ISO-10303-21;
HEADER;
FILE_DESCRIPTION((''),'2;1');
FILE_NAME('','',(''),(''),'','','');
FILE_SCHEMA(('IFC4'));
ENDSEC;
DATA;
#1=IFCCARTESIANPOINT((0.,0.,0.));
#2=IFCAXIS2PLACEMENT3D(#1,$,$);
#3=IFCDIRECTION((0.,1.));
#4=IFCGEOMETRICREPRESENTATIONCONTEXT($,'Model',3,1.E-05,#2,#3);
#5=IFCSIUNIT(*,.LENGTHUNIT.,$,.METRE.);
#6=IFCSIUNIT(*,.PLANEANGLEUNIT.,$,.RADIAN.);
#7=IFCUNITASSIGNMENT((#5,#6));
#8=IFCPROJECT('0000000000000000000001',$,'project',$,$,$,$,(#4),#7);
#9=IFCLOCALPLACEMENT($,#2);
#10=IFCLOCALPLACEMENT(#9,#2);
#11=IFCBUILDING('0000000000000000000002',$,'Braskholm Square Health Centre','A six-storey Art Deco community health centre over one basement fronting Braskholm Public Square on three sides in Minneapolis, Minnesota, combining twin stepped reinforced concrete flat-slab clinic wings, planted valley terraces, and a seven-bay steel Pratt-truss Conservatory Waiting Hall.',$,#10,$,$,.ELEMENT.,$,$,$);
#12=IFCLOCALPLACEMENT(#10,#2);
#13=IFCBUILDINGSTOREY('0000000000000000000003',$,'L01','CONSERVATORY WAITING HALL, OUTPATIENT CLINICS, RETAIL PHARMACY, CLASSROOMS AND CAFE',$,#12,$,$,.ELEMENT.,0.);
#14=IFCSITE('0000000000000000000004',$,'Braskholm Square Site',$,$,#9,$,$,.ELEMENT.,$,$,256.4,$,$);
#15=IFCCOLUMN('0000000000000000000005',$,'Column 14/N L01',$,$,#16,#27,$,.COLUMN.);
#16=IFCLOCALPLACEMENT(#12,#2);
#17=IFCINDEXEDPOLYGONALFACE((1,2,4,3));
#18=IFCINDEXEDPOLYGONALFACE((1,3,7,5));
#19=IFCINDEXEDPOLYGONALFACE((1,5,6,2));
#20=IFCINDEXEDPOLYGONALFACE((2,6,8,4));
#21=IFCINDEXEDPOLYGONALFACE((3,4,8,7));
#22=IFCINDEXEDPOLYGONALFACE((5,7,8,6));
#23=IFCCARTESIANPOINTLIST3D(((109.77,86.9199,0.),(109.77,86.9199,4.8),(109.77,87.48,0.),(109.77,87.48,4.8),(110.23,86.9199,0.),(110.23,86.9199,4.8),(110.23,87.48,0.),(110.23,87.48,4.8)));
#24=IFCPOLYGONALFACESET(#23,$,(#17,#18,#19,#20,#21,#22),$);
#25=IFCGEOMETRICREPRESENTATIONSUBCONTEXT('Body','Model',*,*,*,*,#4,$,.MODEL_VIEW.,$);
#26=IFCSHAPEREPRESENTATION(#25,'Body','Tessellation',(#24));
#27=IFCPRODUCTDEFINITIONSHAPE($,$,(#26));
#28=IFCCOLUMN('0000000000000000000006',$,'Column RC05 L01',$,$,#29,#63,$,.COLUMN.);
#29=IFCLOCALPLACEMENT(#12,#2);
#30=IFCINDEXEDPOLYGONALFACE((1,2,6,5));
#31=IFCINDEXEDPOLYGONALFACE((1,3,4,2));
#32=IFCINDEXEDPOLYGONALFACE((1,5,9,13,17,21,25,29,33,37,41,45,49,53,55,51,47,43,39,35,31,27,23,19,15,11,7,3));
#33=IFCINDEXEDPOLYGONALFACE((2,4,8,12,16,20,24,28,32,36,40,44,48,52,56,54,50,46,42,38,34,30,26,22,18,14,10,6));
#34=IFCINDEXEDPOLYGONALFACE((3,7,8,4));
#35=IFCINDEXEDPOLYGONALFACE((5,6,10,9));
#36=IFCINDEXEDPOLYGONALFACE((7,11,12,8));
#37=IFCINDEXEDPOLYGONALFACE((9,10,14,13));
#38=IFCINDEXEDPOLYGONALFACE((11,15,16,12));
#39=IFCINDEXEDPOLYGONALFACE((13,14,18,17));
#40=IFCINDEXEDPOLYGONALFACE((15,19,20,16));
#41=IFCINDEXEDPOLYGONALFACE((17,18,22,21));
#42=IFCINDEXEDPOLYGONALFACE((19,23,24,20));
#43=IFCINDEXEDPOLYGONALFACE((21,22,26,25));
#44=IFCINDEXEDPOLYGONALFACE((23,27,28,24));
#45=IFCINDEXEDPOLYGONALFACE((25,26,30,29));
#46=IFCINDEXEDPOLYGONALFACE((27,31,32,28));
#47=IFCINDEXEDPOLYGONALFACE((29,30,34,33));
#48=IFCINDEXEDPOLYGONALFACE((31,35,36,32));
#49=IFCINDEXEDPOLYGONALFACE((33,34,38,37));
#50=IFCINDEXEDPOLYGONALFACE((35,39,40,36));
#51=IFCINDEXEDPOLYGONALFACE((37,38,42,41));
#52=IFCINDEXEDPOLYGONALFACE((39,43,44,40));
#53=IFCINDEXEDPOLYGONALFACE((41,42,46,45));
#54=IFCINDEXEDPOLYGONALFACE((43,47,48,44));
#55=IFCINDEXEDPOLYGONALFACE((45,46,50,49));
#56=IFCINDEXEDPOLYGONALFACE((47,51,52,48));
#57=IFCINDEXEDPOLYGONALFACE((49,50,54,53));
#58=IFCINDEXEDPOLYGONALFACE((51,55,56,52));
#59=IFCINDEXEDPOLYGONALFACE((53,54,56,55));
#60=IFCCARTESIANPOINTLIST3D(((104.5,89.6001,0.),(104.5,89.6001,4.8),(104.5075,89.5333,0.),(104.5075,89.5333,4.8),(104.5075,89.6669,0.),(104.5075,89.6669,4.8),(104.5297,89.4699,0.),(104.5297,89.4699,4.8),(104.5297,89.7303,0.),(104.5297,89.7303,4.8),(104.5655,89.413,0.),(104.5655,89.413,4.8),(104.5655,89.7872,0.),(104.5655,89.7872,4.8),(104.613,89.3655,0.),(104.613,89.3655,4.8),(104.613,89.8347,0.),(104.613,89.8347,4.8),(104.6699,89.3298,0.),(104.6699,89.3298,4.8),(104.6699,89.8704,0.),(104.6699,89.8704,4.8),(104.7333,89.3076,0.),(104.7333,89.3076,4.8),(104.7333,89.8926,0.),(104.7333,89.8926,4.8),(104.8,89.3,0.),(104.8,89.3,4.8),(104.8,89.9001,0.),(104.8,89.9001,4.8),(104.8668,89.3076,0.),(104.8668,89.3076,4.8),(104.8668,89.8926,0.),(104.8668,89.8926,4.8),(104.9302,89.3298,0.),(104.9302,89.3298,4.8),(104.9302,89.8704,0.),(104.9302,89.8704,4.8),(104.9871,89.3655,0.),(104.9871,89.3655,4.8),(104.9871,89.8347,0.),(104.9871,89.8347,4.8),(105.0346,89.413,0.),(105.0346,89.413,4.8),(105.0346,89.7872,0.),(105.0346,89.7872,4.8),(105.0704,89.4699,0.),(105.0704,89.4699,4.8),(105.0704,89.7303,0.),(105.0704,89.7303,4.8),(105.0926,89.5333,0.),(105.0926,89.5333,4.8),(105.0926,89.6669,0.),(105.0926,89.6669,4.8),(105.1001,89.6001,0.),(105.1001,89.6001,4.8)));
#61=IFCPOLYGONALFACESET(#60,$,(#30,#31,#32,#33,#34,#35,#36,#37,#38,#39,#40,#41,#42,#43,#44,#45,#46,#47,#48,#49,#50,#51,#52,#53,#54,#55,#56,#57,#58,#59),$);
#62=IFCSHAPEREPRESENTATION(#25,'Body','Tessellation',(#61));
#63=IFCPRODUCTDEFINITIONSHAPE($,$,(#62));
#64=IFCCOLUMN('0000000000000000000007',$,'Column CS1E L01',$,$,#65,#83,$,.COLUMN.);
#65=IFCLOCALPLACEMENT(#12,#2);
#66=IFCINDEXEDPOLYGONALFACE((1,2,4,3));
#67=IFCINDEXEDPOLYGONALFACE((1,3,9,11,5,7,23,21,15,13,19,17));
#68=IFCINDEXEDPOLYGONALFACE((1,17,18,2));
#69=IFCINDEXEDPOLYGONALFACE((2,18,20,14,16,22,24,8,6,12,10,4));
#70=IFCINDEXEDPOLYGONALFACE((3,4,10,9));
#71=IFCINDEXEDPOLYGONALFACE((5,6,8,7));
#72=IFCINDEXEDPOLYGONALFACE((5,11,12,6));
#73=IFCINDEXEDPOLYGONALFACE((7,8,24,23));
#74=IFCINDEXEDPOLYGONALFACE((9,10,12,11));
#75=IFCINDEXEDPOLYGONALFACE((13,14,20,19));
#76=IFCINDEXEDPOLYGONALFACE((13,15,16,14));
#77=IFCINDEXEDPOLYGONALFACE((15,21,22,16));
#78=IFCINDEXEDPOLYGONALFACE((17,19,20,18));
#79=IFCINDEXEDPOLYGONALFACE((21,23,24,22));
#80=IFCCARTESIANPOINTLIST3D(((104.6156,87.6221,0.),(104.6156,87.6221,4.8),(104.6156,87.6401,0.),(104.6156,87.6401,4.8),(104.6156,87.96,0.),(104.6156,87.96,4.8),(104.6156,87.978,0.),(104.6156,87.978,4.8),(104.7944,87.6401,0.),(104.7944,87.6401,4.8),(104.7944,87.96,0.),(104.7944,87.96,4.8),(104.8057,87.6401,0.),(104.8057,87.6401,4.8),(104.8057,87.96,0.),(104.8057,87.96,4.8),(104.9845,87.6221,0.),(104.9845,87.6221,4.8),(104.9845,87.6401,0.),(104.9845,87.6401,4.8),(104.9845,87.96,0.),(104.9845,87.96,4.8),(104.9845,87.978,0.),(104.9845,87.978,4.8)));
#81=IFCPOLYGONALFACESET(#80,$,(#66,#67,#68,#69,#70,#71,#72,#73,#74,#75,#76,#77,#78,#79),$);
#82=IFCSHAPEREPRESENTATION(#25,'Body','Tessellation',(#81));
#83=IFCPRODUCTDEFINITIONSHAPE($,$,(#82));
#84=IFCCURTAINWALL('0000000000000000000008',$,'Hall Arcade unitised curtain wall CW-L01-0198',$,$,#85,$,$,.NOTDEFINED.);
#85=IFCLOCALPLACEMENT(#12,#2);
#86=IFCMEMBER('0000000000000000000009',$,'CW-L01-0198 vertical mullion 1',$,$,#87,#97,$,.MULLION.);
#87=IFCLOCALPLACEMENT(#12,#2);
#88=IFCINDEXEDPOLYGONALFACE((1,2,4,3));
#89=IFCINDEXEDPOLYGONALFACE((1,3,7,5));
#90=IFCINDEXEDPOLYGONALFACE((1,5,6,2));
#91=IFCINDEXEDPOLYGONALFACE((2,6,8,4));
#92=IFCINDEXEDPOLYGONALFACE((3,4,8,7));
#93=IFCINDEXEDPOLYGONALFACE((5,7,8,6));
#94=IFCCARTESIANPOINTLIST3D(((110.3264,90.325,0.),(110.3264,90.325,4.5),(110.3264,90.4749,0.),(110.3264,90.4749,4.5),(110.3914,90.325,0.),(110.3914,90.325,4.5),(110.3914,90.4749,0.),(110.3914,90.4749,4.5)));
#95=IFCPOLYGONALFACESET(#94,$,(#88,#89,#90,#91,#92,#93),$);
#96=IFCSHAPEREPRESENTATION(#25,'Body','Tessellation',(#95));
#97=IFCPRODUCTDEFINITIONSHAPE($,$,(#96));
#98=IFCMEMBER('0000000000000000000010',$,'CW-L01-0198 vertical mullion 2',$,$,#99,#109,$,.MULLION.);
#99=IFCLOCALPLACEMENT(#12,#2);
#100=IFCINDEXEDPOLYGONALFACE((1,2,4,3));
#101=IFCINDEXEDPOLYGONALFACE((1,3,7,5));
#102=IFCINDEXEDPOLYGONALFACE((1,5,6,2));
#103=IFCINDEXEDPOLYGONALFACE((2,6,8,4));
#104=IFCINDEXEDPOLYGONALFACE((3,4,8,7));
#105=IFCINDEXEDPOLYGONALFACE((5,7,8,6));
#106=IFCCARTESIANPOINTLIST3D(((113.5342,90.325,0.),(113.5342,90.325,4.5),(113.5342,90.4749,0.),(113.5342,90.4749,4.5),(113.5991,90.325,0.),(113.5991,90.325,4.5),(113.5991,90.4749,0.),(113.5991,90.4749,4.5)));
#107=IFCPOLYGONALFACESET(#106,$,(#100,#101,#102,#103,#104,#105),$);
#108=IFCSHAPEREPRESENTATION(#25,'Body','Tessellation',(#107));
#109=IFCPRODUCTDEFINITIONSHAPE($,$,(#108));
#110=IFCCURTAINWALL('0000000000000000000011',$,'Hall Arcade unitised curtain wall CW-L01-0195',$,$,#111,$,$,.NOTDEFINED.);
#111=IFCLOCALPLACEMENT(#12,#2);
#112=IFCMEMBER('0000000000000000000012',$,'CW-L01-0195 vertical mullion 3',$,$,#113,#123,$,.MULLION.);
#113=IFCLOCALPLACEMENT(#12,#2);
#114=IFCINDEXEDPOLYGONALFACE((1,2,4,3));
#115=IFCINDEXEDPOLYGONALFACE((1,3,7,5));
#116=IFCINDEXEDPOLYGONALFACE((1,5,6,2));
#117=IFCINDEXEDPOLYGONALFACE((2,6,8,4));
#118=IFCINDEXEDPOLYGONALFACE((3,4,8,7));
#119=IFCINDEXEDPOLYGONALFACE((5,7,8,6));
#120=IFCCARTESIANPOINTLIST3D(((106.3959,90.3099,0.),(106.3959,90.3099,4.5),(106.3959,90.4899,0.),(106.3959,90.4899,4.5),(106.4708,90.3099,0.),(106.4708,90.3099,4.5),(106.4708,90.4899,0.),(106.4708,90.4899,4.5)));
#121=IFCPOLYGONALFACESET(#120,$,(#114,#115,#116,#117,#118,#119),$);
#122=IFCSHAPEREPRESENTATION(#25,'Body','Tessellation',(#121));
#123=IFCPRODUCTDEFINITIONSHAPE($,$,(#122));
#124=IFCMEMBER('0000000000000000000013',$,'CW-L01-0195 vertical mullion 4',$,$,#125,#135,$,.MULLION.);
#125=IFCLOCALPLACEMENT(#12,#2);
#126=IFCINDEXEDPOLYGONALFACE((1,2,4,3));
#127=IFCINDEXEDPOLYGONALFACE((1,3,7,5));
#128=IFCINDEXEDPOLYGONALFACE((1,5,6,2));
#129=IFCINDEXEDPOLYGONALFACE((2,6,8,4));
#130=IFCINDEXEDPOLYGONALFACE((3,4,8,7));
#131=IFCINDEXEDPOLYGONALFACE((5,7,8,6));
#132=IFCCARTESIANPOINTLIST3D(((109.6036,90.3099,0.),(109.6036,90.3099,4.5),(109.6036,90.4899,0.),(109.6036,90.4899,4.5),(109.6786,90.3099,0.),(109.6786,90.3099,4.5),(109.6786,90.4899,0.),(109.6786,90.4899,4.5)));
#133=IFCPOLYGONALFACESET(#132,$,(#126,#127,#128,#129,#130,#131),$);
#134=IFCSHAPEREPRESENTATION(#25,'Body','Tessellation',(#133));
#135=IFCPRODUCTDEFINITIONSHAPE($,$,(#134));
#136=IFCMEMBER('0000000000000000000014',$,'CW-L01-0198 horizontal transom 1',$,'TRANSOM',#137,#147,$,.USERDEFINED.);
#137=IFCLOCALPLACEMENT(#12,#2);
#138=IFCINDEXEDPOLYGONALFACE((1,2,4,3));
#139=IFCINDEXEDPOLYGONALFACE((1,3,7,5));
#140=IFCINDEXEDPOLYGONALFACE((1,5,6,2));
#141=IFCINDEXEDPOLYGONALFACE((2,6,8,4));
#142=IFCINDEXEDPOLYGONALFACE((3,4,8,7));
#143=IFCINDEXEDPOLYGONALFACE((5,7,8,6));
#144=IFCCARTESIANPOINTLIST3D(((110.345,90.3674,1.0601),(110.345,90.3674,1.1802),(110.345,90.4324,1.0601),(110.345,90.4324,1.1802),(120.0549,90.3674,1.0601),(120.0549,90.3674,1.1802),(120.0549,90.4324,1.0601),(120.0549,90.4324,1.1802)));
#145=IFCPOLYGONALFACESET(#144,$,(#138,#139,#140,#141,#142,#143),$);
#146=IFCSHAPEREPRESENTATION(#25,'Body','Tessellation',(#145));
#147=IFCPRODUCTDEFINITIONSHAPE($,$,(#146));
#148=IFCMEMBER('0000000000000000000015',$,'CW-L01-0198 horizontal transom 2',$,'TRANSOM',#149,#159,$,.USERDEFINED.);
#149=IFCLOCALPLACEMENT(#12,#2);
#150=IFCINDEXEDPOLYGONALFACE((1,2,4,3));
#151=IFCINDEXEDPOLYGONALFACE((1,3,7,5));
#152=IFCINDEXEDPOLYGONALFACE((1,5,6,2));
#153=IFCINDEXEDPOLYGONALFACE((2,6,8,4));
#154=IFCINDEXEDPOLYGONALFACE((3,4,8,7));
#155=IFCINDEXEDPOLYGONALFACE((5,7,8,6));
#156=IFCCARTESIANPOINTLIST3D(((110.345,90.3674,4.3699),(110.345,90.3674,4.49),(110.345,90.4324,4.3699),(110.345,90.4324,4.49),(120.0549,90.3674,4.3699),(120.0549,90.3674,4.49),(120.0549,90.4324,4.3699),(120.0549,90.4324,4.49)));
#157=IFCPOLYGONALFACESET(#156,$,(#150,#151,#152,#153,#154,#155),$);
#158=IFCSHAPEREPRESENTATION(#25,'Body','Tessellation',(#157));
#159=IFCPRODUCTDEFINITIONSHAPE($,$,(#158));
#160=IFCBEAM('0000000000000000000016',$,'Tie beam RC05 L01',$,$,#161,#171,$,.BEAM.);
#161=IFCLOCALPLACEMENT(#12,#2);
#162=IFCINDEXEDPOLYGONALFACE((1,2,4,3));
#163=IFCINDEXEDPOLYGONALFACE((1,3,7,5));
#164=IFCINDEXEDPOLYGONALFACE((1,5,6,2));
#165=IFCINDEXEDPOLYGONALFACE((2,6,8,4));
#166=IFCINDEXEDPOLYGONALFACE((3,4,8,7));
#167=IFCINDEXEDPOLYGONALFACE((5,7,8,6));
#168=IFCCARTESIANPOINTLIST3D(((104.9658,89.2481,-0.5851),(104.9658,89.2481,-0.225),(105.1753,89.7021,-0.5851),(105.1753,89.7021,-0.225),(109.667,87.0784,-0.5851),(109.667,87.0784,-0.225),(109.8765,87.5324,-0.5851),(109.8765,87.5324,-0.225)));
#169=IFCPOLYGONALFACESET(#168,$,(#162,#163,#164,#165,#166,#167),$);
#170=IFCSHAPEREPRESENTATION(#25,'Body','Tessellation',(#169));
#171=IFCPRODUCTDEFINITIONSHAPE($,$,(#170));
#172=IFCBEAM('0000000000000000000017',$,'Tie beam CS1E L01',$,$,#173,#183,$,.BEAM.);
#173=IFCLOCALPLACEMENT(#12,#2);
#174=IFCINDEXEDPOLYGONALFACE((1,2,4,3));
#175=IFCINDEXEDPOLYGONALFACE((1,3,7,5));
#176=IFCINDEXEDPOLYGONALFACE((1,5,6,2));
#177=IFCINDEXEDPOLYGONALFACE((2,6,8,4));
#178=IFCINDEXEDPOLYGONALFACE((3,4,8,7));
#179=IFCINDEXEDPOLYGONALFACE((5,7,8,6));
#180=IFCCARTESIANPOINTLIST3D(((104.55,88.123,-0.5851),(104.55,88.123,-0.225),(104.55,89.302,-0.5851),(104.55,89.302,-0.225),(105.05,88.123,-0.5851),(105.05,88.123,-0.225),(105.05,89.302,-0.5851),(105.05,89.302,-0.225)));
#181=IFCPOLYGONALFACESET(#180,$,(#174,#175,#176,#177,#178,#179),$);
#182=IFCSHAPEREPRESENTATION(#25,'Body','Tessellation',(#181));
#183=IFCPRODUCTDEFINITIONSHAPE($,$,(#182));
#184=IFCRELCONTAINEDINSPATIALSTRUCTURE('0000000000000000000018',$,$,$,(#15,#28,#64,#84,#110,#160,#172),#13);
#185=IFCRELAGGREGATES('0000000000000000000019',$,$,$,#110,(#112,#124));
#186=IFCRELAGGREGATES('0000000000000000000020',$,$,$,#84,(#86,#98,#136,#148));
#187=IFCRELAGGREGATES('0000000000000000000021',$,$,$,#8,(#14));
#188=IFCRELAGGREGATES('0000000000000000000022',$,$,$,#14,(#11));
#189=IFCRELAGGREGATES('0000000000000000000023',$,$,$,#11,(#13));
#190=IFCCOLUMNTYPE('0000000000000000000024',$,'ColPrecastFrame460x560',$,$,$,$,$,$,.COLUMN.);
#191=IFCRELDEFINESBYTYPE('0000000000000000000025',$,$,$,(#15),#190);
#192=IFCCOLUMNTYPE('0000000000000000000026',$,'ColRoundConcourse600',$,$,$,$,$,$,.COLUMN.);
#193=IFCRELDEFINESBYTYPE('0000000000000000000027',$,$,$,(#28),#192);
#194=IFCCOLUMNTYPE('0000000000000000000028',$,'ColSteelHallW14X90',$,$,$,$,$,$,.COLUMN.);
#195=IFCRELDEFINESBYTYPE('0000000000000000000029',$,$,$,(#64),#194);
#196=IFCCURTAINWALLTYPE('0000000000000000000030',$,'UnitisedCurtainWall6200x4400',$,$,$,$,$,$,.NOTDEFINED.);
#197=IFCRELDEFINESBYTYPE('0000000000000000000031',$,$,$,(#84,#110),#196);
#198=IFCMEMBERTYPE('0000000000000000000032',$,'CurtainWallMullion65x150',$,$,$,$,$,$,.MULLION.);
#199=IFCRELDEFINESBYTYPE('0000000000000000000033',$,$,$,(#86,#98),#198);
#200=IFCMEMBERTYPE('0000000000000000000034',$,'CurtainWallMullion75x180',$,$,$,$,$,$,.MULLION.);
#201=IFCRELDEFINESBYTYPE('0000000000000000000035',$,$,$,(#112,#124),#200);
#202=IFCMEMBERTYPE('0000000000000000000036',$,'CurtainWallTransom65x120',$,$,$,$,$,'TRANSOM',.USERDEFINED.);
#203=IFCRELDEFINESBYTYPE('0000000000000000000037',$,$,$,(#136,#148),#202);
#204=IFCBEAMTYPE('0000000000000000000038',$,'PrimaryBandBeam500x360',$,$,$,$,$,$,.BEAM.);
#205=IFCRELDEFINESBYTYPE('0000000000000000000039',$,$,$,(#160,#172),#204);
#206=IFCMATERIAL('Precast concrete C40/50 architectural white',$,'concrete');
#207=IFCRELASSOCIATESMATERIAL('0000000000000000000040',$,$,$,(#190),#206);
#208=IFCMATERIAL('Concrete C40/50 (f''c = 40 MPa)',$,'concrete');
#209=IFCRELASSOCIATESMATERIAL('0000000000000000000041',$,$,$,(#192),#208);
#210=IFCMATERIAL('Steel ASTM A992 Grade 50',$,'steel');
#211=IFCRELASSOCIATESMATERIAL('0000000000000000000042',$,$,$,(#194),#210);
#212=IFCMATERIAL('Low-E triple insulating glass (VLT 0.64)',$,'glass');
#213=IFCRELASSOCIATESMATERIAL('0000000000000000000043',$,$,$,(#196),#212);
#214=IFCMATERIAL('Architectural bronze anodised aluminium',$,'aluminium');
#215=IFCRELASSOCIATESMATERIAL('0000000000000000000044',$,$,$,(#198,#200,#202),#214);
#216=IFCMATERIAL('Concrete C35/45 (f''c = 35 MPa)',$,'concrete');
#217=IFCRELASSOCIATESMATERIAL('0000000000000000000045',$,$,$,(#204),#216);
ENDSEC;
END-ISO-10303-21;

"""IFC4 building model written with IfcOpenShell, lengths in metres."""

from ifc_helpers import new_model, si_unit, direction, frame, origin, origin_2d, place, context, subcontext, project, spatial, rectangle, circle, i_section, extrude, material, material_profile, profile_set, type_object, element, aggregate, save


model = new_model("IFC4")

# Units and contexts
model_context = context("Model", 3, precision=1e-05, world=origin(), true_north=direction((0.0, 1.0)))
body_context = subcontext(model_context, "Body", "Model", "MODEL_VIEW")
ifc_project = project(units=[si_unit("LENGTHUNIT", "METRE"), si_unit("PLANEANGLEUNIT", "RADIAN")], contexts=[model_context])

# Site, building, storey
site_placement = place(None, origin())
site = spatial("IfcSite", under=ifc_project, at=site_placement, Name="Braskholm Square Site", CompositionType="ELEMENT", RefElevation=256.4)
building_placement = place(site_placement, origin())
building = spatial("IfcBuilding", under=site, at=building_placement, Name="Braskholm Square Health Centre", Description="A six-storey Art Deco community health centre over one basement fronting Braskholm Public Square on three sides in Minneapolis, Minnesota, combining twin stepped reinforced concrete flat-slab clinic wings, planted valley terraces, and a seven-bay steel Pratt-truss Conservatory Waiting Hall.", CompositionType="ELEMENT")
storey_placement = place(building_placement, origin())
storey = spatial("IfcBuildingStorey", under=building, at=storey_placement, Name="L01", Description="CONSERVATORY WAITING HALL, OUTPATIENT CLINICS, RETAIL PHARMACY, CLASSROOMS AND CAFE", CompositionType="ELEMENT", Elevation=0.0)

# Columns
ifc_material_1 = material(Name="Precast concrete C40/50 architectural white", Category="concrete")
ifc_material_profile_1 = material_profile(ifc_material_1, rectangle(XDim=0.46, YDim=0.5601, at=origin_2d()), Name="RC-460X560")
ifc_profile_set_1 = profile_set([ifc_material_profile_1], Name="Precast concrete C40/50 architectural white")
column_type_1 = type_object("IfcColumnType", Name="ColPrecastFrame460x560", PredefinedType="COLUMN", material=ifc_profile_set_1)
column_1_placement = place(storey_placement, frame((110.0, 87.2, 0.0), z_axis=(0.0, 0.0, 1.0), x_axis=(1.0, 0.0, 0.0)))
element("IfcColumn", 1, at=column_1_placement, inside=storey, type_object=column_type_1, Name="Column 14/N L01", PredefinedType="COLUMN", context=body_context, shape_type="SweptSolid", body=[
    extrude(rectangle(XDim=0.46, YDim=0.5601, at=origin_2d()), origin(), (0.0, 0.0, 1.0), 4.8),
])
ifc_material_2 = material(Name="Concrete C40/50 (f'c = 40 MPa)", Category="concrete")
ifc_material_profile_2 = material_profile(ifc_material_2, circle(Radius=0.3, at=origin_2d()), Name="RC-RND-600")
ifc_profile_set_2 = profile_set([ifc_material_profile_2], Name="Concrete C40/50 (f'c = 40 MPa)")
column_type_2 = type_object("IfcColumnType", Name="ColRoundConcourse600", PredefinedType="COLUMN", material=ifc_profile_set_2)
column_2_placement = place(storey_placement, frame((104.8, 89.6001, 0.0), z_axis=(0.0, 0.0, 1.0), x_axis=(1.0, 0.0, 0.0)))
element("IfcColumn", 2, at=column_2_placement, inside=storey, type_object=column_type_2, Name="Column RC05 L01", PredefinedType="COLUMN", context=body_context, shape_type="SweptSolid", body=[
    extrude(circle(Radius=0.3, at=origin_2d()), origin(), (0.0, 0.0, 1.0), 4.8),
])
ifc_material_3 = material(Name="Steel ASTM A992 Grade 50", Category="steel")
ifc_material_profile_3 = material_profile(ifc_material_3, i_section(OverallWidth=0.3689, OverallDepth=0.356, WebThickness=0.0112, FlangeThickness=0.0181, at=origin_2d()), Name="W14X90")
ifc_profile_set_3 = profile_set([ifc_material_profile_3], Name="Steel ASTM A992 Grade 50")
column_type_3 = type_object("IfcColumnType", Name="ColSteelHallW14X90", PredefinedType="COLUMN", material=ifc_profile_set_3)
column_3_placement = place(storey_placement, frame((104.8, 87.8, 0.0), z_axis=(0.0, 0.0, 1.0), x_axis=(1.0, 0.0, 0.0)))
element("IfcColumn", 3, at=column_3_placement, inside=storey, type_object=column_type_3, Name="Column CS1E L01", PredefinedType="COLUMN", context=body_context, shape_type="SweptSolid", body=[
    extrude(i_section(OverallWidth=0.3689, OverallDepth=0.356, WebThickness=0.0112, FlangeThickness=0.0181, at=origin_2d()), origin(), (0.0, 0.0, 1.0), 4.8),
])

# Curtain walls, members
ifc_material_4 = material(Name="Low-E triple insulating glass (VLT 0.64)", Category="glass")
curtain_wall_type = type_object("IfcCurtainWallType", Name="UnitisedCurtainWall6200x4400", PredefinedType="NOTDEFINED", material=ifc_material_4)
curtain_wall_1_placement = place(storey_placement, origin())
curtain_wall_1 = element("IfcCurtainWall", 4, at=curtain_wall_1_placement, inside=storey, type_object=curtain_wall_type, Name="Hall Arcade unitised curtain wall CW-L01-0198", PredefinedType="NOTDEFINED")
ifc_material_5 = material(Name="Architectural bronze anodised aluminium", Category="aluminium")
ifc_material_profile_4 = material_profile(ifc_material_5, rectangle(XDim=0.0649, YDim=0.1499, at=origin_2d()), Name="ALU-65X150")
ifc_profile_set_4 = profile_set([ifc_material_profile_4], Name="Architectural bronze anodised aluminium")
member_type_1 = type_object("IfcMemberType", Name="CurtainWallMullion65x150", PredefinedType="MULLION", material=ifc_profile_set_4)
member_1_placement = place(storey_placement, frame((110.3589, 90.3999, 0.0), z_axis=(0.0, 0.0, 1.0), x_axis=(1.0, 0.0, 0.0)))
member_1 = element("IfcMember", 5, at=member_1_placement, type_object=member_type_1, Name="CW-L01-0198 vertical mullion 1", PredefinedType="MULLION", context=body_context, shape_type="SweptSolid", body=[
    extrude(rectangle(XDim=0.0649, YDim=0.1499, at=origin_2d()), origin(), (0.0, 0.0, 1.0), 4.5),
])
member_2_placement = place(storey_placement, frame((113.5667, 90.3999, 0.0), z_axis=(0.0, 0.0, 1.0), x_axis=(1.0, 0.0, 0.0)))
member_2 = element("IfcMember", 6, at=member_2_placement, type_object=member_type_1, Name="CW-L01-0198 vertical mullion 2", PredefinedType="MULLION", context=body_context, shape_type="SweptSolid", body=[
    extrude(rectangle(XDim=0.0649, YDim=0.1499, at=origin_2d()), origin(), (0.0, 0.0, 1.0), 4.5),
])
curtain_wall_2_placement = place(storey_placement, origin())
curtain_wall_2 = element("IfcCurtainWall", 7, at=curtain_wall_2_placement, inside=storey, type_object=curtain_wall_type, Name="Hall Arcade unitised curtain wall CW-L01-0195", PredefinedType="NOTDEFINED")
ifc_material_profile_5 = material_profile(ifc_material_5, rectangle(XDim=0.075, YDim=0.1799, at=origin_2d()), Name="ALU-75X180")
ifc_profile_set_5 = profile_set([ifc_material_profile_5], Name="Architectural bronze anodised aluminium")
member_type_2 = type_object("IfcMemberType", Name="CurtainWallMullion75x180", PredefinedType="MULLION", material=ifc_profile_set_5)
member_3_placement = place(storey_placement, frame((106.4333, 90.3999, 0.0), z_axis=(0.0, 0.0, 1.0), x_axis=(1.0, 0.0, 0.0)))
member_3 = element("IfcMember", 8, at=member_3_placement, type_object=member_type_2, Name="CW-L01-0195 vertical mullion 3", PredefinedType="MULLION", context=body_context, shape_type="SweptSolid", body=[
    extrude(rectangle(XDim=0.075, YDim=0.1799, at=origin_2d()), origin(), (0.0, 0.0, 1.0), 4.5),
])
member_4_placement = place(storey_placement, frame((109.6411, 90.3999, 0.0), z_axis=(0.0, 0.0, 1.0), x_axis=(1.0, 0.0, 0.0)))
member_4 = element("IfcMember", 9, at=member_4_placement, type_object=member_type_2, Name="CW-L01-0195 vertical mullion 4", PredefinedType="MULLION", context=body_context, shape_type="SweptSolid", body=[
    extrude(rectangle(XDim=0.075, YDim=0.1799, at=origin_2d()), origin(), (0.0, 0.0, 1.0), 4.5),
])

# Members
ifc_material_profile_6 = material_profile(ifc_material_5, rectangle(XDim=0.0649, YDim=0.1201, at=origin_2d()), Name="ALU-65X120")
ifc_profile_set_6 = profile_set([ifc_material_profile_6], Name="Architectural bronze anodised aluminium")
member_type_3 = type_object("IfcMemberType", Name="CurtainWallTransom65x120", ElementType="TRANSOM", PredefinedType="USERDEFINED", material=ifc_profile_set_6)
member_5_placement = place(storey_placement, frame((110.345, 90.3999, 1.1201), z_axis=(1.0, 0.0, 0.0), x_axis=(0.0, 1.0, 0.0)))
member_5 = element("IfcMember", 10, at=member_5_placement, type_object=member_type_3, Name="CW-L01-0198 horizontal transom 1", ObjectType="TRANSOM", PredefinedType="USERDEFINED", context=body_context, shape_type="SweptSolid", body=[
    extrude(rectangle(XDim=0.0649, YDim=0.1201, at=origin_2d()), origin(), (0.0, 0.0, 1.0), 9.71),
])
member_6_placement = place(storey_placement, frame((110.345, 90.3999, 4.4299), z_axis=(1.0, 0.0, 0.0), x_axis=(0.0, 1.0, 0.0)))
member_6 = element("IfcMember", 11, at=member_6_placement, type_object=member_type_3, Name="CW-L01-0198 horizontal transom 2", ObjectType="TRANSOM", PredefinedType="USERDEFINED", context=body_context, shape_type="SweptSolid", body=[
    extrude(rectangle(XDim=0.0649, YDim=0.1201, at=origin_2d()), origin(), (0.0, 0.0, 1.0), 9.71),
])

# Beams
ifc_material_6 = material(Name="Concrete C35/45 (f'c = 35 MPa)", Category="concrete")
ifc_material_profile_7 = material_profile(ifc_material_6, rectangle(XDim=0.5, YDim=0.3601, at=origin_2d()), Name="RCB-500X360")
ifc_profile_set_7 = profile_set([ifc_material_profile_7], Name="Concrete C35/45 (f'c = 35 MPa)")
beam_type_1 = type_object("IfcBeamType", Name="PrimaryBandBeam500x360", PredefinedType="BEAM", material=ifc_profile_set_7)
beam_1_placement = place(storey_placement, frame((105.0706, 89.4751, -0.405), z_axis=(0.907966, -0.419043, 0.0), x_axis=(0.419043, 0.907966, 0.0)))
element("IfcBeam", 12, at=beam_1_placement, inside=storey, type_object=beam_type_1, Name="Tie beam RC05 L01", PredefinedType="BEAM", context=body_context, shape_type="SweptSolid", body=[
    extrude(rectangle(XDim=0.5, YDim=0.3601, at=origin_2d()), origin(), (0.0, 0.0, 1.0), 5.1777),
])
beam_2_placement = place(storey_placement, frame((104.8, 88.123, -0.405), z_axis=(0.0, 1.0, 0.0), x_axis=(-1.0, 0.0, 0.0)))
element("IfcBeam", 13, at=beam_2_placement, inside=storey, type_object=beam_type_1, Name="Tie beam CS1E L01", PredefinedType="BEAM", context=body_context, shape_type="SweptSolid", body=[
    extrude(rectangle(XDim=0.5, YDim=0.3601, at=origin_2d()), origin(), (0.0, 0.0, 1.0), 1.179),
])

aggregate(curtain_wall_2, [member_3, member_4])
aggregate(curtain_wall_1, [member_1, member_2, member_5, member_6])

save(model, "model.ifc")
